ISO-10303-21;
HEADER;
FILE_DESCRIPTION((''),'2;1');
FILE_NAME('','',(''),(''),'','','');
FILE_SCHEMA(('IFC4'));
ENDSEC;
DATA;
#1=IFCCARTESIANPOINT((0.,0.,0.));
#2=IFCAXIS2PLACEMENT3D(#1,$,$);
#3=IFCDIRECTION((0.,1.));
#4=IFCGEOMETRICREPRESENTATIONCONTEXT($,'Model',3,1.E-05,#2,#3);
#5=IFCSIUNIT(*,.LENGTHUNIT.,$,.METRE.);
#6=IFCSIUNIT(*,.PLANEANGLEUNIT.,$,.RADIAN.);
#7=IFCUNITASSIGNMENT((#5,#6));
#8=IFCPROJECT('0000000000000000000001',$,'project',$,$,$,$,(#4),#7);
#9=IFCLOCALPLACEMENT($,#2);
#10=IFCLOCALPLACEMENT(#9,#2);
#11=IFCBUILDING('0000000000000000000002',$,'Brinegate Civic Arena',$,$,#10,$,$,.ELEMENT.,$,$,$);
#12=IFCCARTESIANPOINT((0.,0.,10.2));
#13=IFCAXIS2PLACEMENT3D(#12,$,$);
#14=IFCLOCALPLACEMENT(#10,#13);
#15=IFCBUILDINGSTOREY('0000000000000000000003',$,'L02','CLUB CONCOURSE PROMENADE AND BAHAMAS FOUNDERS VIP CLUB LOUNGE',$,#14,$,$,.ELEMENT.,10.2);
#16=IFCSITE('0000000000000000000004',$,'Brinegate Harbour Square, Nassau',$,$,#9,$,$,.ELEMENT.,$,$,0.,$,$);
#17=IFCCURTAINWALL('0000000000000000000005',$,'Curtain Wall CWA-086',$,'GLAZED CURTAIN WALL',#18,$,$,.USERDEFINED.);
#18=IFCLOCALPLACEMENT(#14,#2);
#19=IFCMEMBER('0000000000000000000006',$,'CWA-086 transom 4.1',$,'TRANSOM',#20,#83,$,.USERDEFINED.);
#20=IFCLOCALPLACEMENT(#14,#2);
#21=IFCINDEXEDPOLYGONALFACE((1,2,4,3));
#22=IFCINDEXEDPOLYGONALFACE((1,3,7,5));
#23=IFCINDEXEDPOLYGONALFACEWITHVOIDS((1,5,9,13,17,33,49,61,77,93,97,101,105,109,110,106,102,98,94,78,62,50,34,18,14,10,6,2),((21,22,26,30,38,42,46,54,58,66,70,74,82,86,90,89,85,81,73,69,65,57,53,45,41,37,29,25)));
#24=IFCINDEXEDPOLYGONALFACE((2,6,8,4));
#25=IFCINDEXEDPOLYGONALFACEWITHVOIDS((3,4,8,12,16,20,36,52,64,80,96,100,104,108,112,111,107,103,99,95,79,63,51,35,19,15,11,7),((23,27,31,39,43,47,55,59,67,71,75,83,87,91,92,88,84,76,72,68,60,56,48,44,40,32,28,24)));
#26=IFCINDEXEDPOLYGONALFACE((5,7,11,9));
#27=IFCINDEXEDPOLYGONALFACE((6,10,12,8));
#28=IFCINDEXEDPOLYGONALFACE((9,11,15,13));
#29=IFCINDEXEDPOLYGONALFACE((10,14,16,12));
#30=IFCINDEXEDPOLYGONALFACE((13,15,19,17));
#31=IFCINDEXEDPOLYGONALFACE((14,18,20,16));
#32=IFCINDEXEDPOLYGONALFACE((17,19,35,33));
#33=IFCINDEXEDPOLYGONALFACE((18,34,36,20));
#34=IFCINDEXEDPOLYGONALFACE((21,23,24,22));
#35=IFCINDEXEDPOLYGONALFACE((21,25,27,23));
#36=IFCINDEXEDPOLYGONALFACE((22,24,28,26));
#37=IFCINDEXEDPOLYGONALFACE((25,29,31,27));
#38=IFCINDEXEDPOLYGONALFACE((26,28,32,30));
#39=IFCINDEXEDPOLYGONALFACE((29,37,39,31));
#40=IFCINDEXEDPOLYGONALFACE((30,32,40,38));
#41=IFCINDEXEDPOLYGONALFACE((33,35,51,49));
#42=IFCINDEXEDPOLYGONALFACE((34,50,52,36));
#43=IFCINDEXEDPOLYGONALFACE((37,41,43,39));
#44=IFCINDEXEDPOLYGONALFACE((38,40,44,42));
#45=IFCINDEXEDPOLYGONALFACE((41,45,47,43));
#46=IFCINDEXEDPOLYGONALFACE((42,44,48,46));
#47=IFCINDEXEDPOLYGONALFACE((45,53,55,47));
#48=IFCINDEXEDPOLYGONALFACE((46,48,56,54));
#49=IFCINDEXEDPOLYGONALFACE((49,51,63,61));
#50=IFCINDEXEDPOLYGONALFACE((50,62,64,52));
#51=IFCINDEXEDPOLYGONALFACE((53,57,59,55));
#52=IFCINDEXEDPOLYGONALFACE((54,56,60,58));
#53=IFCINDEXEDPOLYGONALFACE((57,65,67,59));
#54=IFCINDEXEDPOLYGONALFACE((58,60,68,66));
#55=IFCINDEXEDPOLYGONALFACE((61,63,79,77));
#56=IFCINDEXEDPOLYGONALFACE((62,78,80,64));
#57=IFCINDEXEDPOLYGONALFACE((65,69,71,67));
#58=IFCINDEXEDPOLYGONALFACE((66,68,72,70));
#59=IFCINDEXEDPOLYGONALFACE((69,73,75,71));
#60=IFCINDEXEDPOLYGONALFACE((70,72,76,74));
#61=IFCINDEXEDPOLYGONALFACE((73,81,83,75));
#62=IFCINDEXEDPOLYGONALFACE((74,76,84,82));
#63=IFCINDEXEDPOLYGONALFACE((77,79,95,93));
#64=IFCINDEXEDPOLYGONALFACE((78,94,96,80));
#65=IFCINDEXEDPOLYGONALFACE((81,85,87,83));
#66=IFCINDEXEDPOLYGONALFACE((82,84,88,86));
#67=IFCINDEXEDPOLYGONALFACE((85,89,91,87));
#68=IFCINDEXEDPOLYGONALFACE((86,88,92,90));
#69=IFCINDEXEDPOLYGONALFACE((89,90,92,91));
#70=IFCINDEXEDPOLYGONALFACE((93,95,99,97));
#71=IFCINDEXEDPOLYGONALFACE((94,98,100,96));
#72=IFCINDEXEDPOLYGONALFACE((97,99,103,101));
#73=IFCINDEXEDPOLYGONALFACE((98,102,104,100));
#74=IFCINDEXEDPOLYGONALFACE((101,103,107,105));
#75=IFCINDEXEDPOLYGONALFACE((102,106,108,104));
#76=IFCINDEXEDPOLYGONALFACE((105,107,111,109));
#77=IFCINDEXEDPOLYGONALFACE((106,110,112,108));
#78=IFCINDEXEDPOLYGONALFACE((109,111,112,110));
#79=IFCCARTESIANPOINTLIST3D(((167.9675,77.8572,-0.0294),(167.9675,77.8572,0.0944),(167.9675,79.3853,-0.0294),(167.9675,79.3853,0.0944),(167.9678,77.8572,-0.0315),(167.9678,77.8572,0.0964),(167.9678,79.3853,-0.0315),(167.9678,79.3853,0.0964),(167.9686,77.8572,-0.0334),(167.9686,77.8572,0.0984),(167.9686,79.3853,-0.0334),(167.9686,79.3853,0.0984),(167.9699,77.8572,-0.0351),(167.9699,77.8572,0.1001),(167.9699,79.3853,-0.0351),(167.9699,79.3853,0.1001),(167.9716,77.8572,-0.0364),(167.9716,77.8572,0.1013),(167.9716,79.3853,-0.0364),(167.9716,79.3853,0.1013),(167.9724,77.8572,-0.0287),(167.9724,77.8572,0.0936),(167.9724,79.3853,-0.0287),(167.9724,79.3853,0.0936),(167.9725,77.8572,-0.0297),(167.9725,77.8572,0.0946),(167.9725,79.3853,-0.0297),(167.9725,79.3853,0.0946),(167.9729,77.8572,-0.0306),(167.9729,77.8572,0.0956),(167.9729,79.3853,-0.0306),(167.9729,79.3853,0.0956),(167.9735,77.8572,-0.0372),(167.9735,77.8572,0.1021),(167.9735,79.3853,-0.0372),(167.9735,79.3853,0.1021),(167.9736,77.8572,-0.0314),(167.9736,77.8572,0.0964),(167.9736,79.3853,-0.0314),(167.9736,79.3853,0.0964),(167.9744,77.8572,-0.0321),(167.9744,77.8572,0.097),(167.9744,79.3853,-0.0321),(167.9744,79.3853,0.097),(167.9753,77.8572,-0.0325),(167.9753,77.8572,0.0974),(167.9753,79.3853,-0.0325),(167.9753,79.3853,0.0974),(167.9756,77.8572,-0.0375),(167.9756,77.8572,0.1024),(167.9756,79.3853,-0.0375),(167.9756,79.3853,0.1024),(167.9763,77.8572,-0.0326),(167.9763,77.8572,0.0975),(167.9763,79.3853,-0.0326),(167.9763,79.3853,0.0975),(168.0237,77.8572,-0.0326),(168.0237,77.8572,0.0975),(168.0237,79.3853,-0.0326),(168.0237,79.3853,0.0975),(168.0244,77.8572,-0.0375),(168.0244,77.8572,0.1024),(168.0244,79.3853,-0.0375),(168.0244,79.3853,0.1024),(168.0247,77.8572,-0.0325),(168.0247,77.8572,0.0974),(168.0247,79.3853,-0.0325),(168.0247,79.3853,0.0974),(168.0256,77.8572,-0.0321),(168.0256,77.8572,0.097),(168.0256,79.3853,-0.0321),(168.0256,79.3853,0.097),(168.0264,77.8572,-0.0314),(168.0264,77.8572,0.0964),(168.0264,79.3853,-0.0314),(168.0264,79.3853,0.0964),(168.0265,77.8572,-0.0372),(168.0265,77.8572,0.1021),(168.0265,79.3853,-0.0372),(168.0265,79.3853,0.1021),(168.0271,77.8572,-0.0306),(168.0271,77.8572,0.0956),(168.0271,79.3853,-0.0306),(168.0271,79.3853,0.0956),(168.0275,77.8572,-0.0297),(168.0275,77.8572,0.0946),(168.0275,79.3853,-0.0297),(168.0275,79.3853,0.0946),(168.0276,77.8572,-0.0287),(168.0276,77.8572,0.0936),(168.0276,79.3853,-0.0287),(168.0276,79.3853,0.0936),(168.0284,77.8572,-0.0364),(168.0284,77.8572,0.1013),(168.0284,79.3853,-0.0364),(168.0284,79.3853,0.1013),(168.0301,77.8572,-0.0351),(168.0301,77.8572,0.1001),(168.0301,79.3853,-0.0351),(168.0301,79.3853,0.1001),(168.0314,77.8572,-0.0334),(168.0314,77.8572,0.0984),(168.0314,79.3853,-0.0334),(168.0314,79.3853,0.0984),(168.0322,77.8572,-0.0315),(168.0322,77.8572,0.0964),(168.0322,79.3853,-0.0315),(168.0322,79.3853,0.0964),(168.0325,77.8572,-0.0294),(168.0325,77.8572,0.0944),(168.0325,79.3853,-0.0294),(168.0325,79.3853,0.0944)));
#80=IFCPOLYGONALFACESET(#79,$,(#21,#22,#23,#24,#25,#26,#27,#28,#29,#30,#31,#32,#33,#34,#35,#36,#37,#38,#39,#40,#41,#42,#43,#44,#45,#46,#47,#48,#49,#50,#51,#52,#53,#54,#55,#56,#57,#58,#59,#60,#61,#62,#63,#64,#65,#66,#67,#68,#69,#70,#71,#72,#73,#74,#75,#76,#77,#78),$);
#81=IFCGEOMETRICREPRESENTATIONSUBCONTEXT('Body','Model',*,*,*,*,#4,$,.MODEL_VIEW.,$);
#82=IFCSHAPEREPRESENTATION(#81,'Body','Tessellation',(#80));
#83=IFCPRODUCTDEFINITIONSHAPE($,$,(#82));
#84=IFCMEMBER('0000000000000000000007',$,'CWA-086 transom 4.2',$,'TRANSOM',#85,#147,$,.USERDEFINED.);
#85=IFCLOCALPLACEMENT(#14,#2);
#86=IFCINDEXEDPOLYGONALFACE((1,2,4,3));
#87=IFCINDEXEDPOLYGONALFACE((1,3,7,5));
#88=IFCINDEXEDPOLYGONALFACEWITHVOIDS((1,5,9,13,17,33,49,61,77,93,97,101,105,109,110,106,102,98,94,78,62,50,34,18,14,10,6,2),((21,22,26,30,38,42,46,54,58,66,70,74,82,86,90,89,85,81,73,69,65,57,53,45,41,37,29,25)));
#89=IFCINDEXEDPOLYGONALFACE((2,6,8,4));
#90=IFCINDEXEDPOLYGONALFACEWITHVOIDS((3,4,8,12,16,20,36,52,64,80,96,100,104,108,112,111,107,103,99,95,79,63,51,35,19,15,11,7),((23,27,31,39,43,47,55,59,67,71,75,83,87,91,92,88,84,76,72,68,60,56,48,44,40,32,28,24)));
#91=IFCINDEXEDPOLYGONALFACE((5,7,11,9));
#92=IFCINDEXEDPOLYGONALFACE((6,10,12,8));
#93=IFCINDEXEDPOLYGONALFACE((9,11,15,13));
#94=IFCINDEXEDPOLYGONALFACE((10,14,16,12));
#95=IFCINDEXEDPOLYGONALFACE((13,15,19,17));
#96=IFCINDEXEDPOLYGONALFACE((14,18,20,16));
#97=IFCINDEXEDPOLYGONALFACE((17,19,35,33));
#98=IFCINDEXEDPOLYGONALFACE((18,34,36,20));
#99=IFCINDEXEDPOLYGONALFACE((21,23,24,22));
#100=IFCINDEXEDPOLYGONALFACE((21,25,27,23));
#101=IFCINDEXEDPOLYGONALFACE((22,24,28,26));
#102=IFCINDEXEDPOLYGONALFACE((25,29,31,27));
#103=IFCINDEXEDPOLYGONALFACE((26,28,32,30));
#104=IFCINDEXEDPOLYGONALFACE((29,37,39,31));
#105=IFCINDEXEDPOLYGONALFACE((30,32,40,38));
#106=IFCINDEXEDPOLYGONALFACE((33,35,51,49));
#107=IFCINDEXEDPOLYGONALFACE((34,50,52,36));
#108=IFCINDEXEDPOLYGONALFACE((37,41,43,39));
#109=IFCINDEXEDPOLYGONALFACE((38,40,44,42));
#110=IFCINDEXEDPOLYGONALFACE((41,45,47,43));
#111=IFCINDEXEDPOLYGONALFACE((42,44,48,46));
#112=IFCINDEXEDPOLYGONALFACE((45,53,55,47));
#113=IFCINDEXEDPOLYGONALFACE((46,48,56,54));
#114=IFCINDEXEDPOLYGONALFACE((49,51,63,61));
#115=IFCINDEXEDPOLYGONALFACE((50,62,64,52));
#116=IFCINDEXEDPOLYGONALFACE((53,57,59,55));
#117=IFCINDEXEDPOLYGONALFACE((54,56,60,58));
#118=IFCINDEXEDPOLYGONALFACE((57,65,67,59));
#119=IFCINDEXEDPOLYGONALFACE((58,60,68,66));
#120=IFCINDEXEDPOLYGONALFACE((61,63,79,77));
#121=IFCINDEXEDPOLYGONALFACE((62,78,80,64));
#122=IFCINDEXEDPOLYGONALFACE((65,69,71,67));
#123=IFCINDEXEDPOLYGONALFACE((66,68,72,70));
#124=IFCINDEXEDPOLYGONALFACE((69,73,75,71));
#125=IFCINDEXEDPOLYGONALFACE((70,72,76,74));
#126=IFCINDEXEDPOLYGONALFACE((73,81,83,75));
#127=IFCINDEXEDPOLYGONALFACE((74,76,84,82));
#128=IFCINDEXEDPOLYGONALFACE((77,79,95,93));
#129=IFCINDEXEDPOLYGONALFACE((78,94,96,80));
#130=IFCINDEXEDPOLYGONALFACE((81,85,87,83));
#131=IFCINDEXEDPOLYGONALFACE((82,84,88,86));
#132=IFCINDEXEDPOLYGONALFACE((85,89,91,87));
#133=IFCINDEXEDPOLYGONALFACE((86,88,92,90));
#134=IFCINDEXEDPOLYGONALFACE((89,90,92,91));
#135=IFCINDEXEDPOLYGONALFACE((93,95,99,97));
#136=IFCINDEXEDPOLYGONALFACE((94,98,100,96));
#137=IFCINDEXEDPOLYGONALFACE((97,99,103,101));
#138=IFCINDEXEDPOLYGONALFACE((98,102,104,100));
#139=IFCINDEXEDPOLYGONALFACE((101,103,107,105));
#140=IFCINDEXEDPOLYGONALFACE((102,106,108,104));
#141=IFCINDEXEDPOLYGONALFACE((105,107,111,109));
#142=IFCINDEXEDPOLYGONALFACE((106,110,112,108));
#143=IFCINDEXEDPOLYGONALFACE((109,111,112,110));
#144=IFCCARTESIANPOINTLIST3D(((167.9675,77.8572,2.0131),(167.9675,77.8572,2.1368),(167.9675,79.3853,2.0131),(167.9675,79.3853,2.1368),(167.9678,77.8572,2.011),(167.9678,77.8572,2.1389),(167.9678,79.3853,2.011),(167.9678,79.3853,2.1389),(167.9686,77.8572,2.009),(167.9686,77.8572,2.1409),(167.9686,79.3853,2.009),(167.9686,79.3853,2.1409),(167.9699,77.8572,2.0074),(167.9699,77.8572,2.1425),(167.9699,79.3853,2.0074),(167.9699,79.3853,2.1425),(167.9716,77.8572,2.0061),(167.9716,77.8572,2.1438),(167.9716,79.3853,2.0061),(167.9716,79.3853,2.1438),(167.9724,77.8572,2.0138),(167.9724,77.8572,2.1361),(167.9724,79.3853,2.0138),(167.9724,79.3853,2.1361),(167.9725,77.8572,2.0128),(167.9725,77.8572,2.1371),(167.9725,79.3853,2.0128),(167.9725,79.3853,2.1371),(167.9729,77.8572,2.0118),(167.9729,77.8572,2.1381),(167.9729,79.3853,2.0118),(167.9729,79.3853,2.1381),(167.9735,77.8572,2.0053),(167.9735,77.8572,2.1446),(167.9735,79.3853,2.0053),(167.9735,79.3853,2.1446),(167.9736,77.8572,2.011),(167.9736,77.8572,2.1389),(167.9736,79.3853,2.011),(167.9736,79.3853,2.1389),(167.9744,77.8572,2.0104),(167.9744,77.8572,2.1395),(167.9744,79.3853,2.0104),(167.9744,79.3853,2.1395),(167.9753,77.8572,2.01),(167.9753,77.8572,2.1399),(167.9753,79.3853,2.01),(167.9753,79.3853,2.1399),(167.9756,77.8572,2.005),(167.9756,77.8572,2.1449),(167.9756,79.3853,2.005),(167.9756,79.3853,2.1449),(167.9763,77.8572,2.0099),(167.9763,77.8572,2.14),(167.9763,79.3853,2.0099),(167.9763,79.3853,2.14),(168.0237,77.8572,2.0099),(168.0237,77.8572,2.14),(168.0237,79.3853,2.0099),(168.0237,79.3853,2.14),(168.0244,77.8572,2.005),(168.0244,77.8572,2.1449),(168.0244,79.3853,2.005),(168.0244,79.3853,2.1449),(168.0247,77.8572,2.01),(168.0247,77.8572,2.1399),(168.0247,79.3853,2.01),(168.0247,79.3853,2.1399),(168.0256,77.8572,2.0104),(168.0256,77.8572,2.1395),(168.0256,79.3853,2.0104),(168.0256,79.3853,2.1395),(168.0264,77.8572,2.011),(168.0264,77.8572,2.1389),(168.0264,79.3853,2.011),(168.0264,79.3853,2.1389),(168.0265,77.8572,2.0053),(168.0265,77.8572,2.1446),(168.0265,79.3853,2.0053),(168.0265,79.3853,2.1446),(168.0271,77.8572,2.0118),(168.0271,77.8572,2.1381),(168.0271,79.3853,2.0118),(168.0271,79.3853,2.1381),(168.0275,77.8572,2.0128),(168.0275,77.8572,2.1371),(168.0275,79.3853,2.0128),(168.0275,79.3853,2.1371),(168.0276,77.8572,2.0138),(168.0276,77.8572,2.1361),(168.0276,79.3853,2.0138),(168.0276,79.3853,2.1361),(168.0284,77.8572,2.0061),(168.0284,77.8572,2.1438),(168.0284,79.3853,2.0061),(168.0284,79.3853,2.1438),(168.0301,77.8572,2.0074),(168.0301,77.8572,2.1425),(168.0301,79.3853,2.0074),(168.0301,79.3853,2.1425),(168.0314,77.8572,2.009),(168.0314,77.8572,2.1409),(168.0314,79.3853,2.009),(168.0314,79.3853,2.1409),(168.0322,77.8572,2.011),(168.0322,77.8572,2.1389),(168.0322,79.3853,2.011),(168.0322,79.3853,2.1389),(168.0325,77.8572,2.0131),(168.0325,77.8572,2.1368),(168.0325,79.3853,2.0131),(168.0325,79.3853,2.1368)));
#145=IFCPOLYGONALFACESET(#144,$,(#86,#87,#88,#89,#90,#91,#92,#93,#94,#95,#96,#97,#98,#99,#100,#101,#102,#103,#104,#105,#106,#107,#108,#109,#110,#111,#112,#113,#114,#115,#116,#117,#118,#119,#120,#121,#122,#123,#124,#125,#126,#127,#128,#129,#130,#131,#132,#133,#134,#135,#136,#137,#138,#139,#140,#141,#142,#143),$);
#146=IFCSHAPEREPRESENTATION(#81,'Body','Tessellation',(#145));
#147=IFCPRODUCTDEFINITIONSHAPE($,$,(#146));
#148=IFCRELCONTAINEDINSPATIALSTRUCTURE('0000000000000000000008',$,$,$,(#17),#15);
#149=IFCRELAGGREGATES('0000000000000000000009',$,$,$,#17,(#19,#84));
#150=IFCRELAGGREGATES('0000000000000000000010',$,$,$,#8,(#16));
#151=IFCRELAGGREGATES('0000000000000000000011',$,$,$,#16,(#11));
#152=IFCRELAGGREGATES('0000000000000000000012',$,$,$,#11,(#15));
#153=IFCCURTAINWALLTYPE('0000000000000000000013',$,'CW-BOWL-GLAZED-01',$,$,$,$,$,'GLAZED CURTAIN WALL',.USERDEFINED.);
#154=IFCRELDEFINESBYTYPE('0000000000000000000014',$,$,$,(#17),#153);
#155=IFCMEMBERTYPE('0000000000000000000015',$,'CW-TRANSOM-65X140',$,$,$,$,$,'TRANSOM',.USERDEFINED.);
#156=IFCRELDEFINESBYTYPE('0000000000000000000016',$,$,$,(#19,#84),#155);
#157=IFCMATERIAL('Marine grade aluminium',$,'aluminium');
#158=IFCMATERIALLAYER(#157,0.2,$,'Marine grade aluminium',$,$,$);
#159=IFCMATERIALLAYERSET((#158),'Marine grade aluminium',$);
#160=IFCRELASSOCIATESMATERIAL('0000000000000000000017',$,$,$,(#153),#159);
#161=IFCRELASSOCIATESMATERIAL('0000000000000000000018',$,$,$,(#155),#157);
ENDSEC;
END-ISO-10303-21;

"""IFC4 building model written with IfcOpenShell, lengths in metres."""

from ifc_helpers import new_model, si_unit, direction, frame, origin, origin_2d, place, context, subcontext, project, spatial, hollow_rectangle, extrude, material, layer, layer_set, material_profile, profile_set, type_object, element, aggregate, save


model = new_model("IFC4")

# Units and contexts
model_context = context("Model", 3, precision=1e-05, world=origin(), true_north=direction((0.0, 1.0)))
body_context = subcontext(model_context, "Body", "Model", "MODEL_VIEW")
ifc_project = project(units=[si_unit("LENGTHUNIT", "METRE"), si_unit("PLANEANGLEUNIT", "RADIAN")], contexts=[model_context])

# Site, building, storey
site_placement = place(None, origin())
site = spatial("IfcSite", under=ifc_project, at=site_placement, Name="Brinegate Harbour Square, Nassau", CompositionType="ELEMENT", RefElevation=0.0)
building_placement = place(site_placement, origin())
building = spatial("IfcBuilding", under=site, at=building_placement, Name="Brinegate Civic Arena", CompositionType="ELEMENT")
storey_placement = place(building_placement, frame((0.0, 0.0, 10.2)))
storey = spatial("IfcBuildingStorey", under=building, at=storey_placement, Name="L02", Description="CLUB CONCOURSE PROMENADE AND BAHAMAS FOUNDERS VIP CLUB LOUNGE", CompositionType="ELEMENT", Elevation=10.2)

# Shared definitions
ifc_material_1 = material(Name="Marine grade aluminium", Category="aluminium")
ifc_layer_1 = layer(ifc_material_1, 0.2, Name="Marine grade aluminium")
ifc_layer_set_1 = layer_set([ifc_layer_1], Name="Marine grade aluminium")
curtain_wall_type = type_object("IfcCurtainWallType", Name="CW-BOWL-GLAZED-01", ElementType="GLAZED CURTAIN WALL", PredefinedType="USERDEFINED", material=ifc_layer_set_1)

# Curtain wall, members
curtain_wall_1_placement = place(storey_placement, origin())
curtain_wall_1 = element("IfcCurtainWall", 1, at=curtain_wall_1_placement, inside=storey, type_object=curtain_wall_type, Name="Curtain Wall CWA-086", ObjectType="GLAZED CURTAIN WALL", PredefinedType="USERDEFINED")
ifc_material_profile_1 = material_profile(ifc_material_1, hollow_rectangle(XDim=0.0649, YDim=0.1399, WallThickness=0.0049, InnerFilletRadius=0.0039, OuterFilletRadius=0.0081, at=origin_2d()), Name="TRN65X140")
ifc_profile_set_1 = profile_set([ifc_material_profile_1], Name="Marine grade aluminium")
member_type_1 = type_object("IfcMemberType", Name="CW-TRANSOM-65X140", ElementType="TRANSOM", PredefinedType="USERDEFINED", material=ifc_profile_set_1)
member_1_placement = place(storey_placement, frame((168.0, 77.8572, 0.0325), z_axis=(0.0, 1.0, 0.0), x_axis=(-1.0, 0.0, 0.0)))
member_1 = element("IfcMember", 2, at=member_1_placement, type_object=member_type_1, Name="CWA-086 transom 4.1", ObjectType="TRANSOM", PredefinedType="USERDEFINED", context=body_context, shape_type="SweptSolid", body=[
    extrude(hollow_rectangle(XDim=0.0649, YDim=0.1399, WallThickness=0.0049, InnerFilletRadius=0.0039, OuterFilletRadius=0.0081, at=origin_2d()), origin(), (0.0, 0.0, 1.0), 1.5281),
])
member_2_placement = place(storey_placement, frame((168.0, 77.8572, 2.075), z_axis=(0.0, 1.0, 0.0), x_axis=(-1.0, 0.0, 0.0)))
member_2 = element("IfcMember", 3, at=member_2_placement, type_object=member_type_1, Name="CWA-086 transom 4.2", ObjectType="TRANSOM", PredefinedType="USERDEFINED", context=body_context, shape_type="SweptSolid", body=[
    extrude(hollow_rectangle(XDim=0.0649, YDim=0.1399, WallThickness=0.0049, InnerFilletRadius=0.0039, OuterFilletRadius=0.0081, at=origin_2d()), origin(), (0.0, 0.0, 1.0), 1.5281),
])

aggregate(curtain_wall_1, [member_1, member_2])

save(model, "model.ifc")
